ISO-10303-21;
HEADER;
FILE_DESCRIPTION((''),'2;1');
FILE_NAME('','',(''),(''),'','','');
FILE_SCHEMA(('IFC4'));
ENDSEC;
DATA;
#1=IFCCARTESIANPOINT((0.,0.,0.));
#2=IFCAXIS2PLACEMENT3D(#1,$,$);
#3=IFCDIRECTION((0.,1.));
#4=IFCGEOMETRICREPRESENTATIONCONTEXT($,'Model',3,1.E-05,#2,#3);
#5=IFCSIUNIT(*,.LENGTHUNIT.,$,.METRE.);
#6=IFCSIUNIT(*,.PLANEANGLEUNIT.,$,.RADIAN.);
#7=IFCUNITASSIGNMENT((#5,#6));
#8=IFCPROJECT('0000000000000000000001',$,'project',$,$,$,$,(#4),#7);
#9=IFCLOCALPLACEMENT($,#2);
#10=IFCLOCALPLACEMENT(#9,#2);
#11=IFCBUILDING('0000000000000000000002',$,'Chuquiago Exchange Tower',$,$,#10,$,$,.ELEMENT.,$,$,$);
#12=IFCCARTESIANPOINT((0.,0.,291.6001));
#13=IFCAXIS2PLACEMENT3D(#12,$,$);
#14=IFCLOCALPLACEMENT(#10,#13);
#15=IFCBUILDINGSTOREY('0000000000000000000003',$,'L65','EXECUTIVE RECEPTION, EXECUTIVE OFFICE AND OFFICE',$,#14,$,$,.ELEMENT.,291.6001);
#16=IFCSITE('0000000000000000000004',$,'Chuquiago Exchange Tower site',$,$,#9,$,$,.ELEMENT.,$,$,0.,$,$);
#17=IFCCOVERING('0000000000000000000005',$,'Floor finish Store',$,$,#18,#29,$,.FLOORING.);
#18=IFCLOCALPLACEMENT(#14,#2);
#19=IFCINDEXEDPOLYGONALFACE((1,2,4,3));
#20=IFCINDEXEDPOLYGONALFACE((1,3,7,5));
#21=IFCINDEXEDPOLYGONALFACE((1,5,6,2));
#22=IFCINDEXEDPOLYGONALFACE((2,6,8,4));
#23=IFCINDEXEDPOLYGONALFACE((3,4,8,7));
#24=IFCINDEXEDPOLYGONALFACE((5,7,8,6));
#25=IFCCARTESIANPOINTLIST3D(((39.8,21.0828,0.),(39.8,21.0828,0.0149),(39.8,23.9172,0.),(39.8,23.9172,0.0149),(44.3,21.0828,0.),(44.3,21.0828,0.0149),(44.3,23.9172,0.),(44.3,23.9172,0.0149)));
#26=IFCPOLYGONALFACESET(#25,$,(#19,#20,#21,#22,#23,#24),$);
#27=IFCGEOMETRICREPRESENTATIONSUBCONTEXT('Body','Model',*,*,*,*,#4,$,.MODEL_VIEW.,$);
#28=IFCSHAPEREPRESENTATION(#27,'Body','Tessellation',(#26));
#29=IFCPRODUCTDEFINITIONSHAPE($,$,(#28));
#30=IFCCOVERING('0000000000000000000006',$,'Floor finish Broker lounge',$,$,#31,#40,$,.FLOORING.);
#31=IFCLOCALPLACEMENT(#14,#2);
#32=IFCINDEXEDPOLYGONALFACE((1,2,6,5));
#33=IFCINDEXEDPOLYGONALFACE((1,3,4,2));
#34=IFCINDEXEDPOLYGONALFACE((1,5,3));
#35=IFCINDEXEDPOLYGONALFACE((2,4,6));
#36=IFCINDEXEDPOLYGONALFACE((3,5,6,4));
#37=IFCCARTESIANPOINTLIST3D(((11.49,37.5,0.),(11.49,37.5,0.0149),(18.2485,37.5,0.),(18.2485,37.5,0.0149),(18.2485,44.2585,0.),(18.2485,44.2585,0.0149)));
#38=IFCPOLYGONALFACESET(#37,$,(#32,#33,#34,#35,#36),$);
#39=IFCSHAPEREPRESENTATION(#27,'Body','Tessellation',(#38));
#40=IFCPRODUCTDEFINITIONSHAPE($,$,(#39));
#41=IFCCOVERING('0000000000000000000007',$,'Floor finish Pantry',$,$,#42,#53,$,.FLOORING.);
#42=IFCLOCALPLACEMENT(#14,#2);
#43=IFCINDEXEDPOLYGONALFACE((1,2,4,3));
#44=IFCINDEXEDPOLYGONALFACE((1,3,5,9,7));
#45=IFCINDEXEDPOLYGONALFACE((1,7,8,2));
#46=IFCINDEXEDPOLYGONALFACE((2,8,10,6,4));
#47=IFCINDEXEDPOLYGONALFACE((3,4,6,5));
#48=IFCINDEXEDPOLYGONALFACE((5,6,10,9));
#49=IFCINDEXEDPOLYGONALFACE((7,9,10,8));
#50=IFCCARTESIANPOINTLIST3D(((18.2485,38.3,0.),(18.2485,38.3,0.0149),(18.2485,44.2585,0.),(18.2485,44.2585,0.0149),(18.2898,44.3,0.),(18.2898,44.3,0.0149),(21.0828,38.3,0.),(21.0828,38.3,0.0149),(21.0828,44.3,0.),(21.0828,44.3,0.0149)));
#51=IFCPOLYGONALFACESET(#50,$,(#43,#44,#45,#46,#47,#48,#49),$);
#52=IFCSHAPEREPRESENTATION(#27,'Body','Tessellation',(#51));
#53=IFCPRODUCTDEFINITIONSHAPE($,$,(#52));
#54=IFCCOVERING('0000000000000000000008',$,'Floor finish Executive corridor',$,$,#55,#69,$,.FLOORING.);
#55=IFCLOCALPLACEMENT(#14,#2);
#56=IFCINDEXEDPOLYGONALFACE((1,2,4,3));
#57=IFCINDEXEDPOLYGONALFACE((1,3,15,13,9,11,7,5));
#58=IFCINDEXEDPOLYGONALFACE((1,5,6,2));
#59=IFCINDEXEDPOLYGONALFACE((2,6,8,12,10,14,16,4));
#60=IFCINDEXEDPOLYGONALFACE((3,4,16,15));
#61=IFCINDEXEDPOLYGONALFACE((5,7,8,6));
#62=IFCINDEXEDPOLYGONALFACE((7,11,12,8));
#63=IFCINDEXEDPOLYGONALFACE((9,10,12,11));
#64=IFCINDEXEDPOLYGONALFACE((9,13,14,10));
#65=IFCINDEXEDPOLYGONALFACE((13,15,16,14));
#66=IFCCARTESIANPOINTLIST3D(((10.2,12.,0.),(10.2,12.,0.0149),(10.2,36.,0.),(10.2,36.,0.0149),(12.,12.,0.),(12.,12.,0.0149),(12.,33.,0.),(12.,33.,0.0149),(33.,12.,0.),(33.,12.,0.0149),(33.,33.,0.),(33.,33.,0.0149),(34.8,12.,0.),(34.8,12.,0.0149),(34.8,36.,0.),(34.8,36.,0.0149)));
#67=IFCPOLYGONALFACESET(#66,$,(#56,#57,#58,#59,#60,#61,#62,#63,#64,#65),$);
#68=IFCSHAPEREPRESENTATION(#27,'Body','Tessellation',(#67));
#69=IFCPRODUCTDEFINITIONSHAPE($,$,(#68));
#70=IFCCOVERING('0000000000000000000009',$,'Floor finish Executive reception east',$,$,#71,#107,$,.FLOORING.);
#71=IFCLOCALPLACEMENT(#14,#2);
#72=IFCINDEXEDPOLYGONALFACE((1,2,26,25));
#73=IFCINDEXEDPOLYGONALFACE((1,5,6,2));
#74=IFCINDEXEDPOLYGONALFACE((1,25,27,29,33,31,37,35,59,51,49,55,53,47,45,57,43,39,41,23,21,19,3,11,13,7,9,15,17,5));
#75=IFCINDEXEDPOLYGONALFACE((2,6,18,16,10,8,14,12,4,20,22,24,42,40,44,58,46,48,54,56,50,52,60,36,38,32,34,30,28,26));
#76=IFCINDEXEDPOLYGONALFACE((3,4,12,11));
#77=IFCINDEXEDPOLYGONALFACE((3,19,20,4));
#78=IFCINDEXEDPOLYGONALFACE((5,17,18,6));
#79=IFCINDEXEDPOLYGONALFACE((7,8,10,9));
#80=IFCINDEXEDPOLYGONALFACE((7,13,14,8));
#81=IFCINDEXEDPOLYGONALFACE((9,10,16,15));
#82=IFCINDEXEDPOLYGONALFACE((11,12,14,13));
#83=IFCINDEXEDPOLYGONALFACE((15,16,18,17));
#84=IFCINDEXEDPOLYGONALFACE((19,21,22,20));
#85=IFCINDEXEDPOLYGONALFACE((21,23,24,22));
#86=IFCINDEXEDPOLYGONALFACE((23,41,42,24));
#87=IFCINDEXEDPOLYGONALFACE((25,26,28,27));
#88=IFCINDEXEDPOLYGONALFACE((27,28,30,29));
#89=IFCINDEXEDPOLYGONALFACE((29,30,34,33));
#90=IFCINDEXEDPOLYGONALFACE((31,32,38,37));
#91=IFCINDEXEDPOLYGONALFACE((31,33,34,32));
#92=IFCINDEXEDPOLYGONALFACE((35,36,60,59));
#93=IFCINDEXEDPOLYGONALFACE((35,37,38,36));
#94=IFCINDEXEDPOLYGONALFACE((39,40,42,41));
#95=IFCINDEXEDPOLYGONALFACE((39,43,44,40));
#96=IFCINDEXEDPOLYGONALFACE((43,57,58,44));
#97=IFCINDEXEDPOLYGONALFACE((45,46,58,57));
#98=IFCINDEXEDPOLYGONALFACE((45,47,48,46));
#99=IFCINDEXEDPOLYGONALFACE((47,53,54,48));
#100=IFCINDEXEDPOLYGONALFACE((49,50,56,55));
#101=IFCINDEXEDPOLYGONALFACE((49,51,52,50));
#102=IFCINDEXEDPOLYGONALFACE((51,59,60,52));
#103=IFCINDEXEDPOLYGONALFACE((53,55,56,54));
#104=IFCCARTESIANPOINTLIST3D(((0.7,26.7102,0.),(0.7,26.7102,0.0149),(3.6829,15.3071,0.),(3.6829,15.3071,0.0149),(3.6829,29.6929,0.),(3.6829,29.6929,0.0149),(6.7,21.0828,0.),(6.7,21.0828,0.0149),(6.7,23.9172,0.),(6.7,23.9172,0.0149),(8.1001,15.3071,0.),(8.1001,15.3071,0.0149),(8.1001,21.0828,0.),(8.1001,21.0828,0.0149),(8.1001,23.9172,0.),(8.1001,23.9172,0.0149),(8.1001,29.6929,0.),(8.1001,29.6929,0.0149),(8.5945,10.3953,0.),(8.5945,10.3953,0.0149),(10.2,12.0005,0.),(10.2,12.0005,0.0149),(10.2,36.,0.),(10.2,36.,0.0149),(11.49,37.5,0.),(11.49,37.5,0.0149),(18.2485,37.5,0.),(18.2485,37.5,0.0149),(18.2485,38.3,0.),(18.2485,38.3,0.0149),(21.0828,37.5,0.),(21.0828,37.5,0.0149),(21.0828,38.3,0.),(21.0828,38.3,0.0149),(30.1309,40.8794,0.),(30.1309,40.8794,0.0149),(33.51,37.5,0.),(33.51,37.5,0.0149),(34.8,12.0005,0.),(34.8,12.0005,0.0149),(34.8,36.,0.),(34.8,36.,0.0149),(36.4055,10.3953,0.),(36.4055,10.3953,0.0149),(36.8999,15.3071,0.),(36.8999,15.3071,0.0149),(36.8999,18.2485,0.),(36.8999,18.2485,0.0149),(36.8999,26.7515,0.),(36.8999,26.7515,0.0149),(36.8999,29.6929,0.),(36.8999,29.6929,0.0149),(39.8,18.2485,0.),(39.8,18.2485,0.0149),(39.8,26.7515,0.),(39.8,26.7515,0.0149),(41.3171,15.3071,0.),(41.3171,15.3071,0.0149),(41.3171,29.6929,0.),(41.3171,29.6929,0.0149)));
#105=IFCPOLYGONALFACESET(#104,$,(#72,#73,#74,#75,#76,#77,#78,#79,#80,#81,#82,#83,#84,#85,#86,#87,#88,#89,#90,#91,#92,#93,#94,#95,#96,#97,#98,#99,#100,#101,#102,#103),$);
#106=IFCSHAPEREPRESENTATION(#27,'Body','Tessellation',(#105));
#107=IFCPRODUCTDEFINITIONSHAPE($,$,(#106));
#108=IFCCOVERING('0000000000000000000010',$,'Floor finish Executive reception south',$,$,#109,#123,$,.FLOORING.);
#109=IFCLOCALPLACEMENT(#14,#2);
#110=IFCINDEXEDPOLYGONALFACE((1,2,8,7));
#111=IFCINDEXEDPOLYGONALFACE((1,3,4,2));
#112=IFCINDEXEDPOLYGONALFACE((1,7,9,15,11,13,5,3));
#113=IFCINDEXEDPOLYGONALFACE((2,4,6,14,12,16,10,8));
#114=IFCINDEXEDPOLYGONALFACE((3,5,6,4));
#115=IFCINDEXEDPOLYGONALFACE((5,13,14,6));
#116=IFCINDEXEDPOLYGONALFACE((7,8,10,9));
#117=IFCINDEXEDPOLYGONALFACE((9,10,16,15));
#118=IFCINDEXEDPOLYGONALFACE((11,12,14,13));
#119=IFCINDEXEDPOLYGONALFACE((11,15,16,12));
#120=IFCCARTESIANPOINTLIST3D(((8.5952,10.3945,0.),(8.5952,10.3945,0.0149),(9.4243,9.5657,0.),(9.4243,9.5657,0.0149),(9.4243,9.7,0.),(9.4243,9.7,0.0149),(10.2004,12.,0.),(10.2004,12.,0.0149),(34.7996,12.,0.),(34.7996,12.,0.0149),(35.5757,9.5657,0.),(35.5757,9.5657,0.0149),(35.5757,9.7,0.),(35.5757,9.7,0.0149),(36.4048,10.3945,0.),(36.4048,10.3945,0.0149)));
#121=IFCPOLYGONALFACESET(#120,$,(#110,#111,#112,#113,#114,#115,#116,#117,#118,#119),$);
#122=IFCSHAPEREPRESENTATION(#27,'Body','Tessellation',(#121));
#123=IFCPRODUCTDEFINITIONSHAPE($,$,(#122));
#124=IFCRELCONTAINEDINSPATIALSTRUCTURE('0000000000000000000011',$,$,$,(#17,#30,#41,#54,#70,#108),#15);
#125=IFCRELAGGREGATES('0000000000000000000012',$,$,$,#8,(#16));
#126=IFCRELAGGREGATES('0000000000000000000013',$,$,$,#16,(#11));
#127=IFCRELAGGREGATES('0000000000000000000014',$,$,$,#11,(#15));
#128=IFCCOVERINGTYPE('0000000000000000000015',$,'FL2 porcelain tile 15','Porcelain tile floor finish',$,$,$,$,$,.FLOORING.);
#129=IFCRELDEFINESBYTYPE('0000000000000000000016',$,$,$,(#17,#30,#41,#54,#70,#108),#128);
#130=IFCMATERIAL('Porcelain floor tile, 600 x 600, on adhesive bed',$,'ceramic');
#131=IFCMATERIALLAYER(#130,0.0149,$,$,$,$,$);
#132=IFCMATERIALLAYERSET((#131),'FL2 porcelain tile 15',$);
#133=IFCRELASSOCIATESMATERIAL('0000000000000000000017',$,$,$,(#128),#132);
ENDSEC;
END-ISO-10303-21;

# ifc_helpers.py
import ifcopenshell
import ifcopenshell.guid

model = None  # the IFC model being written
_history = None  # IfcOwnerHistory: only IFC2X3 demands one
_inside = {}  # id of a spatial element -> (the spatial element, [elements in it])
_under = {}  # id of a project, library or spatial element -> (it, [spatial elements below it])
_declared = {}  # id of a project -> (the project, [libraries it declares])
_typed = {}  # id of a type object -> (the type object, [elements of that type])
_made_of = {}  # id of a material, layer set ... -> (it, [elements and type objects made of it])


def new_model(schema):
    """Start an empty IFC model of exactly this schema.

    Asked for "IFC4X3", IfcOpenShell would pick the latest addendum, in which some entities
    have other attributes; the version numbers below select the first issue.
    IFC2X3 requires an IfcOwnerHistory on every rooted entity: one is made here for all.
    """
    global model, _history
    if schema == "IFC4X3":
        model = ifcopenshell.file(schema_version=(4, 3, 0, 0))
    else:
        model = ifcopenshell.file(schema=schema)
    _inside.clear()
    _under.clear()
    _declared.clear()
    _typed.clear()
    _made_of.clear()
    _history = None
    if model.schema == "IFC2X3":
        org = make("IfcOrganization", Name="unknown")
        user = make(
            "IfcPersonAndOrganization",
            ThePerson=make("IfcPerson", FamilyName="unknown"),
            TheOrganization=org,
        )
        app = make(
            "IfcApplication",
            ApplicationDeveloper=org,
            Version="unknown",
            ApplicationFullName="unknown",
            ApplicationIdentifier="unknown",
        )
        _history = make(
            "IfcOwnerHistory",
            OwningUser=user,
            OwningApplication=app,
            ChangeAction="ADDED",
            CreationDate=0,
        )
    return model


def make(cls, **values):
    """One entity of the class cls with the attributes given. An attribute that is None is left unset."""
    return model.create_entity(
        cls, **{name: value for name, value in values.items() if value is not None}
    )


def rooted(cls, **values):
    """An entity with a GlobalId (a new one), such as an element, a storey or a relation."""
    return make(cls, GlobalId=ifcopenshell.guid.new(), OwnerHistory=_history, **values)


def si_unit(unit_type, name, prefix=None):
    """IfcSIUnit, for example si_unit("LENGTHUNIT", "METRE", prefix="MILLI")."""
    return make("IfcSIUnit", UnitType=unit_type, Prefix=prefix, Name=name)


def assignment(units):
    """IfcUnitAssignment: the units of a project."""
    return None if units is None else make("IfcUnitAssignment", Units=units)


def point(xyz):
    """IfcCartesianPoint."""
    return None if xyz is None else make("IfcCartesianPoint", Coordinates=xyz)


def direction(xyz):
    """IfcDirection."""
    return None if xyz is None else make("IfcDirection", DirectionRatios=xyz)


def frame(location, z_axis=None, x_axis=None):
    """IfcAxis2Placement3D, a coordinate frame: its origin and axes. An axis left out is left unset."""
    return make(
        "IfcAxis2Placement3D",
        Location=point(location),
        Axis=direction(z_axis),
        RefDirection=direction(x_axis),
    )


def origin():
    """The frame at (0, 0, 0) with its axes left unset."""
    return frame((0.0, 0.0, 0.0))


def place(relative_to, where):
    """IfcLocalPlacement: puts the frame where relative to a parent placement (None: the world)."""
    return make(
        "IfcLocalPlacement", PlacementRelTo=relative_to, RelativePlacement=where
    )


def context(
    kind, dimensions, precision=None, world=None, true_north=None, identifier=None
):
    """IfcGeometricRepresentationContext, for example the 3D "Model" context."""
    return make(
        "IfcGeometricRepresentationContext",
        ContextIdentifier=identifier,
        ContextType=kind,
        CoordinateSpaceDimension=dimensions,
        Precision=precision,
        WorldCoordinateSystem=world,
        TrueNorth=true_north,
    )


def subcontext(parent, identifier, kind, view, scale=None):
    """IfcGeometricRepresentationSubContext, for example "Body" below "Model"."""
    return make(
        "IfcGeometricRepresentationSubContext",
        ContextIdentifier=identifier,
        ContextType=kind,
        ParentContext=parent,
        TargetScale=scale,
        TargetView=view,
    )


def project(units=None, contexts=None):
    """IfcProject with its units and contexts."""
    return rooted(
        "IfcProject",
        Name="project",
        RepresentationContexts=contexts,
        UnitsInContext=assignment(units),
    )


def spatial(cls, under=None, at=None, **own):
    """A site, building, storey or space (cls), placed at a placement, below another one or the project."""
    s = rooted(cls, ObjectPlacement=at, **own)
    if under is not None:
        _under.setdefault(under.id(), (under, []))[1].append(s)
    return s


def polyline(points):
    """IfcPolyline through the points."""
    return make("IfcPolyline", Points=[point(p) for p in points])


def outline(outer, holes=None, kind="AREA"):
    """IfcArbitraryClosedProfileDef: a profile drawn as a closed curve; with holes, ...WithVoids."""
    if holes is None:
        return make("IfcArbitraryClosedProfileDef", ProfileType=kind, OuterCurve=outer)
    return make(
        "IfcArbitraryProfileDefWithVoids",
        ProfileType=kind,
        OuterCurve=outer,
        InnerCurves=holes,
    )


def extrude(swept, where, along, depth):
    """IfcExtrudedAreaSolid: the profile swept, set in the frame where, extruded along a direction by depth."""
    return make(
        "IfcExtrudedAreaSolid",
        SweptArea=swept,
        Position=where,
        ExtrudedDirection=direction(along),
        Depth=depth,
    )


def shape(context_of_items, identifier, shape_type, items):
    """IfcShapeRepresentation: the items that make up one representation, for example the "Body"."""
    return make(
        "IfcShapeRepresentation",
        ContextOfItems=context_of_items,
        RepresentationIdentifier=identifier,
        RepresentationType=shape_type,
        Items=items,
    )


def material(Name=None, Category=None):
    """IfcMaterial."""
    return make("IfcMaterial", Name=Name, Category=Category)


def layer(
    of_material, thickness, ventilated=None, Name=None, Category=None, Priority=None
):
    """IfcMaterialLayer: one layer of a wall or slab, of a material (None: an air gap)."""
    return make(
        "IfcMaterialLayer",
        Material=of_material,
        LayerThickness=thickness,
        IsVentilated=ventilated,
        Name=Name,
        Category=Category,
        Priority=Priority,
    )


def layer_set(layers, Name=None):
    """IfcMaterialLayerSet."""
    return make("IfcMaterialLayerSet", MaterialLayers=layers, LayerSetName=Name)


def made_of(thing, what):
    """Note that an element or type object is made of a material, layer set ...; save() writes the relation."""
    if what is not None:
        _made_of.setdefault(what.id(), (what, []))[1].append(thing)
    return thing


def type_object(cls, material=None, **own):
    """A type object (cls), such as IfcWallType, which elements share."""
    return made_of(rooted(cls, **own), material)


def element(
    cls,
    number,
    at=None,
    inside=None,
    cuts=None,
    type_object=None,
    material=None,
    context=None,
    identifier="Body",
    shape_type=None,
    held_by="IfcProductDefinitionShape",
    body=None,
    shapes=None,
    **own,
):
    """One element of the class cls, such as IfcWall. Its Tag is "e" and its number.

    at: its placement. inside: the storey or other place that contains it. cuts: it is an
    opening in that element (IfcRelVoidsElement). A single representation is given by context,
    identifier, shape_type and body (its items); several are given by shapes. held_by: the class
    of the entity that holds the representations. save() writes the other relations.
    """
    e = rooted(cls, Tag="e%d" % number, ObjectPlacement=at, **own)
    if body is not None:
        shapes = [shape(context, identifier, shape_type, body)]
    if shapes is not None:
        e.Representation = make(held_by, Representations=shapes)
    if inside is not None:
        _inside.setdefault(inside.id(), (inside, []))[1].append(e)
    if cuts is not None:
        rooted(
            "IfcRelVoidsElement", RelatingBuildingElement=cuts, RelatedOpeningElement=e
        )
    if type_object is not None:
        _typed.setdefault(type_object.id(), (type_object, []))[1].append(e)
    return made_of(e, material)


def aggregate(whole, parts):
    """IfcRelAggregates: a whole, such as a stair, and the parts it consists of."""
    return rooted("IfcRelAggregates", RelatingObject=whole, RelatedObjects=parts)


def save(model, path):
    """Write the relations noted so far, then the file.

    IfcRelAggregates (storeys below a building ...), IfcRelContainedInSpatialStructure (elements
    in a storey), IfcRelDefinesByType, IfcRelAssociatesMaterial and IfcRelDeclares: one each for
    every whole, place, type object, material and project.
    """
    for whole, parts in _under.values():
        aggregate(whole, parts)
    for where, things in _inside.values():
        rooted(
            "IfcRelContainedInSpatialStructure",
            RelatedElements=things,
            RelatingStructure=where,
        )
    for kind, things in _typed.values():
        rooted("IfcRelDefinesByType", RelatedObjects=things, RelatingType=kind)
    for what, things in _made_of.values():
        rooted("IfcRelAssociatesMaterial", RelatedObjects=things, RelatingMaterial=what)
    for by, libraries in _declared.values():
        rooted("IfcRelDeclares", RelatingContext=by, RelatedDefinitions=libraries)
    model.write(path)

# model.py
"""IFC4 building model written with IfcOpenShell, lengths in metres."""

from ifc_helpers import new_model, si_unit, direction, frame, origin, place, context, subcontext, project, spatial, polyline, outline, extrude, material, layer, layer_set, type_object, element, save


model = new_model("IFC4")

# Units and contexts
model_context = context("Model", 3, precision=1e-05, world=origin(), true_north=direction((0.0, 1.0)))
body_context = subcontext(model_context, "Body", "Model", "MODEL_VIEW")
ifc_project = project(units=[si_unit("LENGTHUNIT", "METRE"), si_unit("PLANEANGLEUNIT", "RADIAN")], contexts=[model_context])

# Site, building, storey
site_placement = place(None, origin())
site = spatial("IfcSite", under=ifc_project, at=site_placement, Name="Chuquiago Exchange Tower site", CompositionType="ELEMENT", RefElevation=0.0)
building_placement = place(site_placement, origin())
building = spatial("IfcBuilding", under=site, at=building_placement, Name="Chuquiago Exchange Tower", CompositionType="ELEMENT")
storey_placement = place(building_placement, frame((0.0, 0.0, 291.6001)))
storey = spatial("IfcBuildingStorey", under=building, at=storey_placement, Name="L65", Description="EXECUTIVE RECEPTION, EXECUTIVE OFFICE AND OFFICE", CompositionType="ELEMENT", Elevation=291.6001)

# Coverings
ifc_material_1 = material(Name="Porcelain floor tile, 600 x 600, on adhesive bed", Category="ceramic")
ifc_layer_1 = layer(ifc_material_1, 0.0149)
ifc_layer_set_1 = layer_set([ifc_layer_1], Name="FL2 porcelain tile 15")
covering_type_1 = type_object("IfcCoveringType", Name="FL2 porcelain tile 15", Description="Porcelain tile floor finish", PredefinedType="FLOORING", material=ifc_layer_set_1)
covering_1_placement = place(storey_placement, origin())
element("IfcCovering", 1, at=covering_1_placement, inside=storey, type_object=covering_type_1, Name="Floor finish Store", PredefinedType="FLOORING", context=body_context, shape_type="SweptSolid", body=[
    extrude(outline(polyline([(44.3, 21.0828), (39.8, 21.0828), (39.8, 23.9172), (44.3, 23.9172), (44.3, 21.0828)])), origin(), (0.0, 0.0, 1.0), 0.0149),
])
covering_2_placement = place(storey_placement, origin())
element("IfcCovering", 2, at=covering_2_placement, inside=storey, type_object=covering_type_1, Name="Floor finish Broker lounge", PredefinedType="FLOORING", context=body_context, shape_type="SweptSolid", body=[
    extrude(outline(polyline([(18.2485, 44.2585), (18.2485, 37.5), (11.49, 37.5), (18.2485, 44.2585)])), origin(), (0.0, 0.0, 1.0), 0.0149),
])
covering_3_placement = place(storey_placement, origin())
element("IfcCovering", 3, at=covering_3_placement, inside=storey, type_object=covering_type_1, Name="Floor finish Pantry", PredefinedType="FLOORING", context=body_context, shape_type="SweptSolid", body=[
    extrude(outline(polyline([(18.2898, 44.3), (21.0828, 44.3), (21.0828, 38.3), (18.2485, 38.3), (18.2485, 44.2585), (18.2898, 44.3)])), origin(), (0.0, 0.0, 1.0), 0.0149),
])
covering_4_placement = place(storey_placement, origin())
element("IfcCovering", 4, at=covering_4_placement, inside=storey, type_object=covering_type_1, Name="Floor finish Executive corridor", PredefinedType="FLOORING", context=body_context, shape_type="SweptSolid", body=[
    extrude(outline(polyline([(12.0, 12.0), (10.2, 12.0), (10.2, 36.0), (34.8, 36.0), (34.8, 12.0), (33.0, 12.0), (33.0, 33.0), (12.0, 33.0), (12.0, 12.0)])), origin(), (0.0, 0.0, 1.0), 0.0149),
])
covering_5_placement = place(storey_placement, origin())
element("IfcCovering", 5, at=covering_5_placement, inside=storey, type_object=covering_type_1, Name="Floor finish Executive reception east", PredefinedType="FLOORING", context=body_context, shape_type="SweptSolid", body=[
    extrude(outline(polyline([(18.2485, 38.3), (21.0828, 38.3), (21.0828, 37.5), (33.51, 37.5), (30.1309, 40.8794), (41.3171, 29.6929), (36.8999, 29.6929), (36.8999, 26.7515), (39.8, 26.7515), (39.8, 18.2485), (36.8999, 18.2485), (36.8999, 15.3071), (41.3171, 15.3071), (36.4055, 10.3953), (34.8, 12.0005), (34.8, 36.0), (10.2, 36.0), (10.2, 12.0005), (8.5945, 10.3953), (3.6829, 15.3071), (8.1001, 15.3071), (8.1001, 21.0828), (6.7, 21.0828), (6.7, 23.9172), (8.1001, 23.9172), (8.1001, 29.6929), (3.6829, 29.6929), (0.7, 26.7102), (11.49, 37.5), (18.2485, 37.5), (18.2485, 38.3)])), origin(), (0.0, 0.0, 1.0), 0.0149),
])
covering_6_placement = place(storey_placement, origin())
element("IfcCovering", 6, at=covering_6_placement, inside=storey, type_object=covering_type_1, Name="Floor finish Executive reception south", PredefinedType="FLOORING", context=body_context, shape_type="SweptSolid", body=[
    extrude(outline(polyline([(35.5757, 9.5657), (35.5757, 9.7), (9.4243, 9.7), (9.4243, 9.5657), (8.5952, 10.3945), (10.2004, 12.0), (34.7996, 12.0), (36.4048, 10.3945), (35.5757, 9.5657)])), origin(), (0.0, 0.0, 1.0), 0.0149),
])

save(model, "model.ifc")
